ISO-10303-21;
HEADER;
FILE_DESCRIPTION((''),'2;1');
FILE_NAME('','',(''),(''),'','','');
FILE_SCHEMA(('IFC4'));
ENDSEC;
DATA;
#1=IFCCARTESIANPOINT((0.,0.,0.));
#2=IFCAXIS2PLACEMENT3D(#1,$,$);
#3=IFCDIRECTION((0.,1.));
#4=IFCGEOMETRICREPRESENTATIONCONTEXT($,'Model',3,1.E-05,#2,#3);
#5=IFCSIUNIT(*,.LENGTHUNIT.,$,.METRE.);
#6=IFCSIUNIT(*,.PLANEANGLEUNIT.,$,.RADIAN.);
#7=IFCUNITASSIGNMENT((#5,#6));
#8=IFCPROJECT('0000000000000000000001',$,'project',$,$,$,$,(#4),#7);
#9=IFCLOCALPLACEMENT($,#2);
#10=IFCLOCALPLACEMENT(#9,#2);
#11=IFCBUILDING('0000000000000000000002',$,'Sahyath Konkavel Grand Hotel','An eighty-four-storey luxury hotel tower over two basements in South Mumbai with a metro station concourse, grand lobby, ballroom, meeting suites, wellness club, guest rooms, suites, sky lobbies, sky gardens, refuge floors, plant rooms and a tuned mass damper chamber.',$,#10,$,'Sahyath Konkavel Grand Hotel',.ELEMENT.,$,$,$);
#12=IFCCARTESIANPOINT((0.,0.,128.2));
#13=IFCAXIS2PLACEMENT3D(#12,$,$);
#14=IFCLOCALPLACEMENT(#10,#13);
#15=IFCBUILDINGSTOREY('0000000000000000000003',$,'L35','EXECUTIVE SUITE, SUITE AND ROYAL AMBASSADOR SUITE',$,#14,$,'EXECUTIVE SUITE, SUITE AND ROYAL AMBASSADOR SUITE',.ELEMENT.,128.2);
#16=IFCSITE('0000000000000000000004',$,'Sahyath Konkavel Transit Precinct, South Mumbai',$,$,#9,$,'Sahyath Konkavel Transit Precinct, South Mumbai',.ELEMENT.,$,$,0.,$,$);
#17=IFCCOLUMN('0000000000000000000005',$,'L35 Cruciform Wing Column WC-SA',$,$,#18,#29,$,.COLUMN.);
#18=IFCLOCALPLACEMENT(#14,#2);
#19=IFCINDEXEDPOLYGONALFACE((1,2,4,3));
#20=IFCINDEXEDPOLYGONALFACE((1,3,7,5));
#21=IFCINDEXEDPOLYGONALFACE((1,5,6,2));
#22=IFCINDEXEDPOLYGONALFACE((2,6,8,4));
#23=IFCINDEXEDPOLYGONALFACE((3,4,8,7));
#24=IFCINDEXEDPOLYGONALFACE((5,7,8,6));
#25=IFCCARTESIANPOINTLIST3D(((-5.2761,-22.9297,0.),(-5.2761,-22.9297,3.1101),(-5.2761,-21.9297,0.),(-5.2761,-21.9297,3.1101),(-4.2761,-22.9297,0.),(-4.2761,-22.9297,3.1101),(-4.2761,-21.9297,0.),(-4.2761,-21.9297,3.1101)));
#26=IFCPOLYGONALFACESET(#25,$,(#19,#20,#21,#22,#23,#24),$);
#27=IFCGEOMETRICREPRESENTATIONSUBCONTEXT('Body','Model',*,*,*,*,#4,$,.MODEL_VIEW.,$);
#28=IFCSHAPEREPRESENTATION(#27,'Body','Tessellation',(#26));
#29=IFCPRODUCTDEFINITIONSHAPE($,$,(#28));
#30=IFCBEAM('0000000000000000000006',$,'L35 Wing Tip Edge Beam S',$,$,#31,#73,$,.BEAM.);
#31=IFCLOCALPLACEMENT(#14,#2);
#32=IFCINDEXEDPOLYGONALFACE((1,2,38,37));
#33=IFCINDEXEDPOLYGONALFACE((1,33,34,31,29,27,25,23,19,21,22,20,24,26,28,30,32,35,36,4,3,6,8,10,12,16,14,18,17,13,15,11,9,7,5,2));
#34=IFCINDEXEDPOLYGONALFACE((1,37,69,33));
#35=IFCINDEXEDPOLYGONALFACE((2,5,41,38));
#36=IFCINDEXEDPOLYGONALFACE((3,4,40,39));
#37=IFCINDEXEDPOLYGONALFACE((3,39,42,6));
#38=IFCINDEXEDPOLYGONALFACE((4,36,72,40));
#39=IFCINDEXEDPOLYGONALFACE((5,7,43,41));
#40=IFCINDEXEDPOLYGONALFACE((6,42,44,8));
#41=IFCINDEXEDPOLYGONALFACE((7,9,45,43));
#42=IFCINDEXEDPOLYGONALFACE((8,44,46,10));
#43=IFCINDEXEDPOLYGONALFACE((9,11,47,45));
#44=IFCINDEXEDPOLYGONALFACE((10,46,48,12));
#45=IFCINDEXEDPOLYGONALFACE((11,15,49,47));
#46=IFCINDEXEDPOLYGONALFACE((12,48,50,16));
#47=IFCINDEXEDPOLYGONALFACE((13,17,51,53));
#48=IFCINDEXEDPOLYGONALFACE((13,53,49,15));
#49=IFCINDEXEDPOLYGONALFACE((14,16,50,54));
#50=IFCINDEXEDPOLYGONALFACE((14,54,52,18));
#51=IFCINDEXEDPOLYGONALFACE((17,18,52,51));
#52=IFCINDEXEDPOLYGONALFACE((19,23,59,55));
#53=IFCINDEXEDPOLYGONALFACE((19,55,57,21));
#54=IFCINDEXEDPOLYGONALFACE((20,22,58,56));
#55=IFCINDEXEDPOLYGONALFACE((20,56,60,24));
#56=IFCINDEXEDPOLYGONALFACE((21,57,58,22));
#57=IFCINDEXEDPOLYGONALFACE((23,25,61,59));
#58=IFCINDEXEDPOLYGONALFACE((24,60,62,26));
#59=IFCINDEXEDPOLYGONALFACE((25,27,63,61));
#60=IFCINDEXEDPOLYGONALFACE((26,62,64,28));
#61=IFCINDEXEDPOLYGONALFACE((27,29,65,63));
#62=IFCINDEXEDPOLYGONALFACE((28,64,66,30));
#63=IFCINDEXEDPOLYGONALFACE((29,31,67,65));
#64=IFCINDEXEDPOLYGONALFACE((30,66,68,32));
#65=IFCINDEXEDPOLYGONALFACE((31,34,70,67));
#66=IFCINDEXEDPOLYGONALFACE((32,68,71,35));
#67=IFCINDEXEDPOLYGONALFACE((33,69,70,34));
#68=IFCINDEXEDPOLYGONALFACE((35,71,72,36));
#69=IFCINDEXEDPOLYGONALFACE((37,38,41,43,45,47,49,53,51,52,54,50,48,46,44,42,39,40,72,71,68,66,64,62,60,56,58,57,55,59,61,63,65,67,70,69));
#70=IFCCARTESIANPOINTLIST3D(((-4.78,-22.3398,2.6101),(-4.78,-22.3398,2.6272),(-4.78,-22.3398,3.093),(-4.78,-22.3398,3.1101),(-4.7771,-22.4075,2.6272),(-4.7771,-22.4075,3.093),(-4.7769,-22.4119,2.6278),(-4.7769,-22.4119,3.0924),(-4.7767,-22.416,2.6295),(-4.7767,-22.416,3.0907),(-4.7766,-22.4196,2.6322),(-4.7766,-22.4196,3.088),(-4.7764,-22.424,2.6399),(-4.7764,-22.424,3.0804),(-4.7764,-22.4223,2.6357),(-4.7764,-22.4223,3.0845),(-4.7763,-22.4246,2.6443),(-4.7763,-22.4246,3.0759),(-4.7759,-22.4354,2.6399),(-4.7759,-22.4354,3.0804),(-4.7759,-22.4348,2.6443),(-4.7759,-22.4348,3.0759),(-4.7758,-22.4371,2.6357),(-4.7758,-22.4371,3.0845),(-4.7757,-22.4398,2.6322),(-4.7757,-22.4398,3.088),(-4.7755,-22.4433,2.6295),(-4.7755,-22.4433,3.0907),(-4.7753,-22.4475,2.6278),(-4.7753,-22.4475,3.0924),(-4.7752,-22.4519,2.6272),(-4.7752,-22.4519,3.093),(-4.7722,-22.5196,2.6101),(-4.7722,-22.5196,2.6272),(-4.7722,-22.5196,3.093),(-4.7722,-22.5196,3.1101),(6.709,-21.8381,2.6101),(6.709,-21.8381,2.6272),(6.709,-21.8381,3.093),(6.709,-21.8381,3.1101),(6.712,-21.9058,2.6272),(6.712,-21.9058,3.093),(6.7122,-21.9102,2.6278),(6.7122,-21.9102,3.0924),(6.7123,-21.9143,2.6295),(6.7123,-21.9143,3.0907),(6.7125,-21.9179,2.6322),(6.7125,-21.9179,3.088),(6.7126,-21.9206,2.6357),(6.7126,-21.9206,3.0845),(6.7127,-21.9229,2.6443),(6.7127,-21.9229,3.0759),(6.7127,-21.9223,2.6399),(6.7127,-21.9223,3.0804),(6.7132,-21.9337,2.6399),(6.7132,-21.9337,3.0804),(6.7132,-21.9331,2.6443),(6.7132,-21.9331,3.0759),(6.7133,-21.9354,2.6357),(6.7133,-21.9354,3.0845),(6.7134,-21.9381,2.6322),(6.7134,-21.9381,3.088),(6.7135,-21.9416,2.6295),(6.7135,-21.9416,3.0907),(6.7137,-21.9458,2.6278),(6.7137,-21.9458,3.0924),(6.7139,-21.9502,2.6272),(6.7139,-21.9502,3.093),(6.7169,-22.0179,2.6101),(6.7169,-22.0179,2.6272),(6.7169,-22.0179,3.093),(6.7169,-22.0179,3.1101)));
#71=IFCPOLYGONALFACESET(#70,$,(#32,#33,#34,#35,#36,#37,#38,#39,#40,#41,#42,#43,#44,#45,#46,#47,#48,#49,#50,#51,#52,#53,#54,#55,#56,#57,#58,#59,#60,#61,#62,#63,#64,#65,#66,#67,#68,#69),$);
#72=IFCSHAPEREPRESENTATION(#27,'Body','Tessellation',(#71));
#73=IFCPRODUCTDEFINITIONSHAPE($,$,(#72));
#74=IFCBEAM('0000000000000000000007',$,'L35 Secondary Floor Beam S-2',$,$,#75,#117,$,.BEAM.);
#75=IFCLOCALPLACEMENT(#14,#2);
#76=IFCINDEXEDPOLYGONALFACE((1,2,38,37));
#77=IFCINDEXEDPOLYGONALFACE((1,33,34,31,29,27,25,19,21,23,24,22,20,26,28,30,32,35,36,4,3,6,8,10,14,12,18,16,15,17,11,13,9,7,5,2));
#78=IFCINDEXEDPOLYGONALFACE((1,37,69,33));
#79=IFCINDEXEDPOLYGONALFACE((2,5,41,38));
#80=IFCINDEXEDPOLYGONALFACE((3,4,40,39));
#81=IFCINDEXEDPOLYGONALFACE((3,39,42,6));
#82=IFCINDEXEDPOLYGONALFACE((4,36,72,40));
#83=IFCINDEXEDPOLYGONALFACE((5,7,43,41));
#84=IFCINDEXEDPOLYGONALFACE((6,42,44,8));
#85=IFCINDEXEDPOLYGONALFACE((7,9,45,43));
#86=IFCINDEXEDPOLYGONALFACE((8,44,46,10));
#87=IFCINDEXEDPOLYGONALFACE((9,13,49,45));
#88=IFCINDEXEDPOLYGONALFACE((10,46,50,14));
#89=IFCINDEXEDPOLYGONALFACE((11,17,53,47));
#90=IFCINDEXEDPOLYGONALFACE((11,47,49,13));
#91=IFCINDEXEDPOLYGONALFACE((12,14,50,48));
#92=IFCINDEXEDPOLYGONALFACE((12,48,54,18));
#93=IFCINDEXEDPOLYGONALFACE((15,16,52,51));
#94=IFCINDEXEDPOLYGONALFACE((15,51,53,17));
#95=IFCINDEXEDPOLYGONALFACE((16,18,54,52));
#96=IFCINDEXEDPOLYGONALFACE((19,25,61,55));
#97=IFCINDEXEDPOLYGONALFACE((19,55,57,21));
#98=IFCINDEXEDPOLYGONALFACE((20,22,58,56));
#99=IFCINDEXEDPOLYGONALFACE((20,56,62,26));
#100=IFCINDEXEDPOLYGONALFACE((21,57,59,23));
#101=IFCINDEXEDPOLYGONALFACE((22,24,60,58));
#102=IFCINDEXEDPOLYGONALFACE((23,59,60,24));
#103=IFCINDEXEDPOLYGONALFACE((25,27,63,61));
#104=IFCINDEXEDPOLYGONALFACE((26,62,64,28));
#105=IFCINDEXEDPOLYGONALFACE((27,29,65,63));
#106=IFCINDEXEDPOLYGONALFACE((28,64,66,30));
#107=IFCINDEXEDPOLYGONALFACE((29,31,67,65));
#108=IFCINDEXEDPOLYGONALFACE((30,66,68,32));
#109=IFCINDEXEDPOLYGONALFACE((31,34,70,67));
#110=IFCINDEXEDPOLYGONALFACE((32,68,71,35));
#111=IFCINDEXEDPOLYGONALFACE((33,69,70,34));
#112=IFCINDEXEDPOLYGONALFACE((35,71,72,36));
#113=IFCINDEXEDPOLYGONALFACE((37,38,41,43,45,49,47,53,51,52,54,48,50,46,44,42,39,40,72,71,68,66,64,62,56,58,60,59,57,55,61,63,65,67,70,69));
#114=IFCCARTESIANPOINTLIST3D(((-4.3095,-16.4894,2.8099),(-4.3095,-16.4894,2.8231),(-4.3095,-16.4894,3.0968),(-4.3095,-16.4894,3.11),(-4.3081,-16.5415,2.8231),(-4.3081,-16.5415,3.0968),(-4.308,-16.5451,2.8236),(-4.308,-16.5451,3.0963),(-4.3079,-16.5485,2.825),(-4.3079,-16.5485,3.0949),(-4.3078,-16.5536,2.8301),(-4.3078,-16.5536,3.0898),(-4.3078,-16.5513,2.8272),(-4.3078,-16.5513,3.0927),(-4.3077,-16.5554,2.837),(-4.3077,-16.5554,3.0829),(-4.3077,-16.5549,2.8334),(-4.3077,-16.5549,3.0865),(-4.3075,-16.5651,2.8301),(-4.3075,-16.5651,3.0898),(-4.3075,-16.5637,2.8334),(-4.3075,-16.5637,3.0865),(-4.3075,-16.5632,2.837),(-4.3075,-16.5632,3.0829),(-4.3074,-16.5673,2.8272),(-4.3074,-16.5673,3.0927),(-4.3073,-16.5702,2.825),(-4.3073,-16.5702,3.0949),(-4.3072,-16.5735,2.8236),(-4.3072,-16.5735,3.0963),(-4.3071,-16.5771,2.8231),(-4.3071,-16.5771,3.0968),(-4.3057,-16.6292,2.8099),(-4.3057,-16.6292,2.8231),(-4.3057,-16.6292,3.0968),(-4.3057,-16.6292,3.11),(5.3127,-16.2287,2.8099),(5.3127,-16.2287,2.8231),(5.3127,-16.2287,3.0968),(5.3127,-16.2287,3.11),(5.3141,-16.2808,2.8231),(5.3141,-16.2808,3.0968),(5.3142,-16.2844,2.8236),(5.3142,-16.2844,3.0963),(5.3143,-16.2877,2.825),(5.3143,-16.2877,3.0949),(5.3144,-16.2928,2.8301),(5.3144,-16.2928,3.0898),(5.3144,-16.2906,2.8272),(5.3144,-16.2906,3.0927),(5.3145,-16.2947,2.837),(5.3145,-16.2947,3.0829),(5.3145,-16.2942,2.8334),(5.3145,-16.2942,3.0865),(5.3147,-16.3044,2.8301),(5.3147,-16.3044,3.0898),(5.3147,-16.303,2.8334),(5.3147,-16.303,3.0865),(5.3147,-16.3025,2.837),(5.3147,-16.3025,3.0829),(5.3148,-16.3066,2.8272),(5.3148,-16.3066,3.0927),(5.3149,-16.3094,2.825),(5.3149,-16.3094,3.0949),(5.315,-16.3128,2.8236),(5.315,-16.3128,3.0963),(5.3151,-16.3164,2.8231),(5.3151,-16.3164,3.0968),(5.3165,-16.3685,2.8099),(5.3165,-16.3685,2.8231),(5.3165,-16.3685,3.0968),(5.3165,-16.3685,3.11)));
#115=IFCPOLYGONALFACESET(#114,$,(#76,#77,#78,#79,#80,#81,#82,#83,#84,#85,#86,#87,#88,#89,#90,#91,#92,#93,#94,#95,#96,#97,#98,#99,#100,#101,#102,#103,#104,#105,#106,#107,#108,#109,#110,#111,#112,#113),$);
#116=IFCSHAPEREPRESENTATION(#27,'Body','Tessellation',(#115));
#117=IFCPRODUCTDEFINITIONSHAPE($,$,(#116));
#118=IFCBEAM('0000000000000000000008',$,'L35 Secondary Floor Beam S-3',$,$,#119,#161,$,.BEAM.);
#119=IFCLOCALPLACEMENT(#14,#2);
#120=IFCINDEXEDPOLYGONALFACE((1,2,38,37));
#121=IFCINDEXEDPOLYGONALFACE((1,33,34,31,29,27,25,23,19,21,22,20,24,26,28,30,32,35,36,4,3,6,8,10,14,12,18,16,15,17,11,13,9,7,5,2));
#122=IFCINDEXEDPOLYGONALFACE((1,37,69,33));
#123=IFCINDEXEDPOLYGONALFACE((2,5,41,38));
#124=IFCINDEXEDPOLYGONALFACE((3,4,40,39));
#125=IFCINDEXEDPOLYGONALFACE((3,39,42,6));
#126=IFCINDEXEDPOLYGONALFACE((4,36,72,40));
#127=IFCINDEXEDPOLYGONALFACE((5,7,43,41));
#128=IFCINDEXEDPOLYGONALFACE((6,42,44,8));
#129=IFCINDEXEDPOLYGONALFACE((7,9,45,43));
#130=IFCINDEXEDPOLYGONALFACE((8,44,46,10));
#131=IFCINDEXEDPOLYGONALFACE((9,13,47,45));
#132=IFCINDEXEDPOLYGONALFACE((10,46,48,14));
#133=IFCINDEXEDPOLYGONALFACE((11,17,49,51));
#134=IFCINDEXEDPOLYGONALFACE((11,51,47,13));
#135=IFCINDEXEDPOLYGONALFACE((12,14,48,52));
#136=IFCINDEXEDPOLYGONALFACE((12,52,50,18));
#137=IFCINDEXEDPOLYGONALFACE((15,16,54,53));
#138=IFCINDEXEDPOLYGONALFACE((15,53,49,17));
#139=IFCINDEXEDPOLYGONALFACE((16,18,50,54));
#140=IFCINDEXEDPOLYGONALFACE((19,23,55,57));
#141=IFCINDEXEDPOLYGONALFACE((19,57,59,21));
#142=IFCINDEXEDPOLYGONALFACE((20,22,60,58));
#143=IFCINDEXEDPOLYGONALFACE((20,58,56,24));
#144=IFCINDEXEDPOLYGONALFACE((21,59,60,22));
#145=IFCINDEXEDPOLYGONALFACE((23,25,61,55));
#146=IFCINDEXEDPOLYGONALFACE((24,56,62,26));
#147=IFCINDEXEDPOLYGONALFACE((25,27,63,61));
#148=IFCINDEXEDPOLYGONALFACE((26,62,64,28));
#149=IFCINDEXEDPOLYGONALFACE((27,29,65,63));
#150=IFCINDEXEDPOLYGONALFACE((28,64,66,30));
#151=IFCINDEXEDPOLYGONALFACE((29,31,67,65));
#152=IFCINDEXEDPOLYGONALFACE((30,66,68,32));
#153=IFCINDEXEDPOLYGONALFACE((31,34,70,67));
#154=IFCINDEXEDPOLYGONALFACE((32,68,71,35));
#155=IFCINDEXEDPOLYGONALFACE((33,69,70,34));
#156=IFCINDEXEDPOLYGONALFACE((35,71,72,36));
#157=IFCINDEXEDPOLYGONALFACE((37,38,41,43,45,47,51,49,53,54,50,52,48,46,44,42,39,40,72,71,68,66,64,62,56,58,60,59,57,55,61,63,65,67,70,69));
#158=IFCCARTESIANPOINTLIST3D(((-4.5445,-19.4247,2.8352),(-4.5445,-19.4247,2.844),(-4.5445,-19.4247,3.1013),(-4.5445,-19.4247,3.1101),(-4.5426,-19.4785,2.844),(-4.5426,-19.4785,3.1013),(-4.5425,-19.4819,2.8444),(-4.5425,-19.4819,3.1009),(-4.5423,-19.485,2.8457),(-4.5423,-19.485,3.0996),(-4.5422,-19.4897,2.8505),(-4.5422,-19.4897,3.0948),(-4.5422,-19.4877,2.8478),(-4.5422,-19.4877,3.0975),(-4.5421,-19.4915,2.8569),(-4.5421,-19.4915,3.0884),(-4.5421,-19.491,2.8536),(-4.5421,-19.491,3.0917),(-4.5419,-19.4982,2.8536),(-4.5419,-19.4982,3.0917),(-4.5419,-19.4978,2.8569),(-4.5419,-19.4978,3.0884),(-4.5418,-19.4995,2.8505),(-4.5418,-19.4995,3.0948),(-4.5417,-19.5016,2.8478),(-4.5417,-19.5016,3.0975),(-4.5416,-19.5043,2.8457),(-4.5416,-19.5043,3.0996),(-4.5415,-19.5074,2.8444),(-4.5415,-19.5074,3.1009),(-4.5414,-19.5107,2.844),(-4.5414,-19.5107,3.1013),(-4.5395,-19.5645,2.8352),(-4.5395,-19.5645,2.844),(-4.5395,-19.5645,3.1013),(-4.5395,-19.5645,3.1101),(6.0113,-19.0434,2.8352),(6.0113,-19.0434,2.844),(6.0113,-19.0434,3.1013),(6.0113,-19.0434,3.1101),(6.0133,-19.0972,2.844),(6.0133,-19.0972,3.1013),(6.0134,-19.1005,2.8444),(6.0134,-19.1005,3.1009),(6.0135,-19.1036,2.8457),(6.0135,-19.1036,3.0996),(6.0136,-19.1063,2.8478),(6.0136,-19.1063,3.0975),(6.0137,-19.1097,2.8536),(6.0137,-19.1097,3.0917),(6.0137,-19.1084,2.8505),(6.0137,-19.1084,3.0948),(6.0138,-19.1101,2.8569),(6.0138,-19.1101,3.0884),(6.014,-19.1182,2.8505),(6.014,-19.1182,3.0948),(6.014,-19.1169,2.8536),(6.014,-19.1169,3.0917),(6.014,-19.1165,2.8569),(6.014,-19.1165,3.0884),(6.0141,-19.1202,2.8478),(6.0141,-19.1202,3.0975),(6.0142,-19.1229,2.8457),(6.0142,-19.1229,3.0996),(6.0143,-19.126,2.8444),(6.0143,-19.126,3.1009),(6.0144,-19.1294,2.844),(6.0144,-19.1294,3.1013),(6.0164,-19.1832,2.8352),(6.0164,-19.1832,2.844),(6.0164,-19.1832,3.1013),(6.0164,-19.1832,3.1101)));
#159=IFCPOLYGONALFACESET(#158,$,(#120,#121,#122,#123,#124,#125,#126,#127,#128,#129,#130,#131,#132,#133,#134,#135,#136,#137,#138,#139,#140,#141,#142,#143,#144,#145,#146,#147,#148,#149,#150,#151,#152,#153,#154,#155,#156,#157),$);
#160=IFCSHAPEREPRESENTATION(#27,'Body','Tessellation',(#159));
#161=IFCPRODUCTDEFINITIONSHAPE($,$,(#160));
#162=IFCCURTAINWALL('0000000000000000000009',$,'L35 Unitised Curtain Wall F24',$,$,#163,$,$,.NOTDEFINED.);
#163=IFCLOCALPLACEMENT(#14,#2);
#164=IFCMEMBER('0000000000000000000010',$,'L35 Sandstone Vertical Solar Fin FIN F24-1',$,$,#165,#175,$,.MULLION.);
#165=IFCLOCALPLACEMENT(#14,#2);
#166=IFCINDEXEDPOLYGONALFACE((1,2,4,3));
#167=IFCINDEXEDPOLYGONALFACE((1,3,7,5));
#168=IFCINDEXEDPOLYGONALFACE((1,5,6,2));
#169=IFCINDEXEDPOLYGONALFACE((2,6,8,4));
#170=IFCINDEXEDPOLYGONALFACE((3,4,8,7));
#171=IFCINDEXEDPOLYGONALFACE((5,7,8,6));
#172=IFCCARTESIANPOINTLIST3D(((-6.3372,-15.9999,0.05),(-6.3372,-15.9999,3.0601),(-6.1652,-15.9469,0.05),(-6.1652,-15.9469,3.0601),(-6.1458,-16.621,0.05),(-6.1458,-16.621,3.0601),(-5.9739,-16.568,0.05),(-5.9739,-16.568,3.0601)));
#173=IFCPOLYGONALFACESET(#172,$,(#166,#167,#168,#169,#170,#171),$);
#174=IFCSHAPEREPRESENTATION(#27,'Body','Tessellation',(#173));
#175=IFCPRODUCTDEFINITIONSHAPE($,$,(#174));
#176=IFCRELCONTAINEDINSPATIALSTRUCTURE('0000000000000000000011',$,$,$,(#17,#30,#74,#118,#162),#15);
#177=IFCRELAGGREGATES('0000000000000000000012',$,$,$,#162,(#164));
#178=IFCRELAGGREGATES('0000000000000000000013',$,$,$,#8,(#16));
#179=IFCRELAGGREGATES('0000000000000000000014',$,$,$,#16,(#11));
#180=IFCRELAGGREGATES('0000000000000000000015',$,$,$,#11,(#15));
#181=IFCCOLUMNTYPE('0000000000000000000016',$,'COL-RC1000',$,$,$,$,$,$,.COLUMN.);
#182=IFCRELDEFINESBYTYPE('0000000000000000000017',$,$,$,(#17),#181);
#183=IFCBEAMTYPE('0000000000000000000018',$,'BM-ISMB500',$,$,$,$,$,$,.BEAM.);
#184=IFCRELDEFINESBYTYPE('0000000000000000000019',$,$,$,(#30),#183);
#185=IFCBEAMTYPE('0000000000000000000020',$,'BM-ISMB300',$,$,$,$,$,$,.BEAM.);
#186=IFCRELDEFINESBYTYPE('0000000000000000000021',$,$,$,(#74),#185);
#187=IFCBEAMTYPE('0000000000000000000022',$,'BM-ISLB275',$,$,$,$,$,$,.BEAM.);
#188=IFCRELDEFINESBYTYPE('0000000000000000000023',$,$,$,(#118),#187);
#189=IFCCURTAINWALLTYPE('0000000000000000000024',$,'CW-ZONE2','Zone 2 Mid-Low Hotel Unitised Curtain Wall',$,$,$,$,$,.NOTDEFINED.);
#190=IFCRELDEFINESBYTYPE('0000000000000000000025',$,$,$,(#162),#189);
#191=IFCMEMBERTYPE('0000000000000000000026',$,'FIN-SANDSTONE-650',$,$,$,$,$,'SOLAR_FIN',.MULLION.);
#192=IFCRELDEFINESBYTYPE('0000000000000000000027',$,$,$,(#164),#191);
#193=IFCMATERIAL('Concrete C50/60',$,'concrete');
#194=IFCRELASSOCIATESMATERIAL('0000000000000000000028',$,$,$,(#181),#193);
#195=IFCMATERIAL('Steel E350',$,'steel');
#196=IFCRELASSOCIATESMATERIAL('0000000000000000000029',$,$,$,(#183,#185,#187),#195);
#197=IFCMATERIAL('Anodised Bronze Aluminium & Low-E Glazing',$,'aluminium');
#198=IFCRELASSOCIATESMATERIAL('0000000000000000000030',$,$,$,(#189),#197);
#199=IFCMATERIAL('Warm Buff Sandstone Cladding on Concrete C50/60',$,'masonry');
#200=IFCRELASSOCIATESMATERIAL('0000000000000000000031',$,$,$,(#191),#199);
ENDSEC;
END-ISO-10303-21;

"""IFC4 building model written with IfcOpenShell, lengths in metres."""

from ifc_helpers import new_model, si_unit, direction, frame, origin, origin_2d, place, context, subcontext, project, spatial, rectangle, i_section, extrude, source, transform, mapped, material, material_profile, profile_set, type_object, element, aggregate, save


model = new_model("IFC4")

# Units and contexts
model_context = context("Model", 3, precision=1e-05, world=origin(), true_north=direction((0.0, 1.0)))
body_context = subcontext(model_context, "Body", "Model", "MODEL_VIEW")
ifc_project = project(units=[si_unit("LENGTHUNIT", "METRE"), si_unit("PLANEANGLEUNIT", "RADIAN")], contexts=[model_context])

# Site, building, storey
site_placement = place(None, origin())
site = spatial("IfcSite", under=ifc_project, at=site_placement, Name="Sahyath Konkavel Transit Precinct, South Mumbai", LongName="Sahyath Konkavel Transit Precinct, South Mumbai", CompositionType="ELEMENT", RefElevation=0.0)
building_placement = place(site_placement, origin())
building = spatial("IfcBuilding", under=site, at=building_placement, Name="Sahyath Konkavel Grand Hotel", Description="An eighty-four-storey luxury hotel tower over two basements in South Mumbai with a metro station concourse, grand lobby, ballroom, meeting suites, wellness club, guest rooms, suites, sky lobbies, sky gardens, refuge floors, plant rooms and a tuned mass damper chamber.", LongName="Sahyath Konkavel Grand Hotel", CompositionType="ELEMENT")
storey_placement = place(building_placement, frame((0.0, 0.0, 128.2)))
storey = spatial("IfcBuildingStorey", under=building, at=storey_placement, Name="L35", Description="EXECUTIVE SUITE, SUITE AND ROYAL AMBASSADOR SUITE", LongName="EXECUTIVE SUITE, SUITE AND ROYAL AMBASSADOR SUITE", CompositionType="ELEMENT", Elevation=128.2)

# Column
ifc_material_1 = material(Name="Concrete C50/60", Category="concrete")
ifc_material_profile_1 = material_profile(ifc_material_1, rectangle(XDim=1.0, YDim=1.0, at=origin_2d()), Name="RC 1000x1000")
ifc_profile_set_1 = profile_set([ifc_material_profile_1], Name="Concrete C50/60")
column_type = type_object("IfcColumnType", Name="COL-RC1000", PredefinedType="COLUMN", material=ifc_profile_set_1)
shared_shape_1 = source(origin(), body_context, "Body", "SweptSolid", [
    extrude(rectangle(XDim=1.0, YDim=1.0, at=origin_2d()), origin(), (0.0, 0.0, 1.0), 3.1101),
])
column_placement = place(storey_placement, frame((-4.7761, -22.4297, 0.0), z_axis=(0.0, 0.0, 1.0), x_axis=(1.0, 0.0, 0.0)))
element("IfcColumn", 1, at=column_placement, inside=storey, type_object=column_type, Name="L35 Cruciform Wing Column WC-SA", PredefinedType="COLUMN", context=body_context, shape_type="MappedRepresentation", body=[
    mapped(shared_shape_1, transform((0.0, 0.0, 0.0), scale=1.0)),
])

# Beams
ifc_material_2 = material(Name="Steel E350", Category="steel")
ifc_material_profile_2 = material_profile(ifc_material_2, i_section(OverallWidth=0.1799, OverallDepth=0.5, WebThickness=0.0103, FlangeThickness=0.0171, FilletRadius=0.0171, at=origin_2d()), Name="ISMB 500")
ifc_profile_set_2 = profile_set([ifc_material_profile_2], Name="Steel E350")
beam_type_1 = type_object("IfcBeamType", Name="BM-ISMB500", PredefinedType="BEAM", material=ifc_profile_set_2)
shared_shape_2 = source(origin(), body_context, "Body", "SweptSolid", [
    extrude(i_section(OverallWidth=0.1799, OverallDepth=0.5, WebThickness=0.0103, FlangeThickness=0.0171, FilletRadius=0.0171, at=origin_2d()), origin(), (0.0, 0.0, 1.0), 11.5),
])
beam_1_placement = place(storey_placement, frame((-4.7761, -22.4297, 2.8601), z_axis=(0.999048, 0.043627, 0.0), x_axis=(-0.043627, 0.999048, 0.0)))
element("IfcBeam", 2, at=beam_1_placement, inside=storey, type_object=beam_type_1, Name="L35 Wing Tip Edge Beam S", PredefinedType="BEAM", context=body_context, shape_type="MappedRepresentation", body=[
    mapped(shared_shape_2, transform((0.0, 0.0, 0.0), scale=1.0)),
])
ifc_material_profile_3 = material_profile(ifc_material_2, i_section(OverallWidth=0.1399, OverallDepth=0.3, WebThickness=0.0078, FlangeThickness=0.0132, FilletRadius=0.0139, at=origin_2d()), Name="ISMB 300")
ifc_profile_set_3 = profile_set([ifc_material_profile_3], Name="Steel E350")
beam_type_2 = type_object("IfcBeamType", Name="BM-ISMB300", PredefinedType="BEAM", material=ifc_profile_set_3)
shared_shape_3 = source(origin(), body_context, "Body", "SweptSolid", [
    extrude(i_section(OverallWidth=0.1399, OverallDepth=0.3, WebThickness=0.0078, FlangeThickness=0.0132, FilletRadius=0.0139, at=origin_2d()), origin(), (0.0, 0.0, 1.0), 9.6257),
])
beam_2_placement = place(storey_placement, frame((-4.3076, -16.5593, 2.96), z_axis=(0.999633, 0.027088, 0.0), x_axis=(-0.027088, 0.999633, 0.0)))
element("IfcBeam", 3, at=beam_2_placement, inside=storey, type_object=beam_type_2, Name="L35 Secondary Floor Beam S-2", PredefinedType="BEAM", context=body_context, shape_type="MappedRepresentation", body=[
    mapped(shared_shape_3, transform((0.0, 0.0, 0.0), scale=1.0)),
])
ifc_material_profile_4 = material_profile(ifc_material_2, i_section(OverallWidth=0.1399, OverallDepth=0.2749, WebThickness=0.0063, FlangeThickness=0.0088, FilletRadius=0.0129, at=origin_2d()), Name="ISLB 275")
ifc_profile_set_4 = profile_set([ifc_material_profile_4], Name="Steel E350")
beam_type_3 = type_object("IfcBeamType", Name="BM-ISLB275", PredefinedType="BEAM", material=ifc_profile_set_4)
shared_shape_4 = source(origin(), body_context, "Body", "SweptSolid", [
    extrude(i_section(OverallWidth=0.1399, OverallDepth=0.2749, WebThickness=0.0063, FlangeThickness=0.0088, FilletRadius=0.0129, at=origin_2d()), origin(), (0.0, 0.0, 1.0), 10.5627),
])
beam_3_placement = place(storey_placement, frame((-4.542, -19.4946, 2.9727), z_axis=(0.999348, 0.036103, 0.0), x_axis=(-0.036103, 0.999348, 0.0)))
element("IfcBeam", 4, at=beam_3_placement, inside=storey, type_object=beam_type_3, Name="L35 Secondary Floor Beam S-3", PredefinedType="BEAM", context=body_context, shape_type="MappedRepresentation", body=[
    mapped(shared_shape_4, transform((0.0, 0.0, 0.0), scale=1.0)),
])

# Curtain wall, member
ifc_material_3 = material(Name="Anodised Bronze Aluminium & Low-E Glazing", Category="aluminium")
curtain_wall_type = type_object("IfcCurtainWallType", Name="CW-ZONE2", Description="Zone 2 Mid-Low Hotel Unitised Curtain Wall", PredefinedType="NOTDEFINED", material=ifc_material_3)
curtain_wall_1_placement = place(storey_placement, origin())
curtain_wall_1 = element("IfcCurtainWall", 5, at=curtain_wall_1_placement, inside=storey, type_object=curtain_wall_type, Name="L35 Unitised Curtain Wall F24", PredefinedType="NOTDEFINED")
ifc_material_4 = material(Name="Warm Buff Sandstone Cladding on Concrete C50/60", Category="masonry")
ifc_material_profile_5 = material_profile(ifc_material_4, rectangle(XDim=0.1799, YDim=0.6499, at=origin_2d()), Name="FIN 180x650")
ifc_profile_set_5 = profile_set([ifc_material_profile_5], Name="Warm Buff Sandstone Cladding on Concrete C50/60")
member_type_1 = type_object("IfcMemberType", Name="FIN-SANDSTONE-650", ElementType="SOLAR_FIN", PredefinedType="MULLION", material=ifc_profile_set_5)
shared_shape_5 = source(origin(), body_context, "Body", "SweptSolid", [
    extrude(rectangle(XDim=0.1799, YDim=0.6499, at=origin_2d()), origin(), (0.0, 0.0, 1.0), 3.01),
])
member_1_placement = place(storey_placement, frame((-6.1555, -16.2839, 0.05), z_axis=(0.0, 0.0, 1.0), x_axis=(0.95569, 0.294374, 0.0)))
member_1 = element("IfcMember", 6, at=member_1_placement, type_object=member_type_1, Name="L35 Sandstone Vertical Solar Fin FIN F24-1", PredefinedType="MULLION", context=body_context, shape_type="MappedRepresentation", body=[
    mapped(shared_shape_5, transform((0.0, 0.0, 0.0), scale=1.0)),
])

aggregate(curtain_wall_1, [member_1])

save(model, "model.ifc")
